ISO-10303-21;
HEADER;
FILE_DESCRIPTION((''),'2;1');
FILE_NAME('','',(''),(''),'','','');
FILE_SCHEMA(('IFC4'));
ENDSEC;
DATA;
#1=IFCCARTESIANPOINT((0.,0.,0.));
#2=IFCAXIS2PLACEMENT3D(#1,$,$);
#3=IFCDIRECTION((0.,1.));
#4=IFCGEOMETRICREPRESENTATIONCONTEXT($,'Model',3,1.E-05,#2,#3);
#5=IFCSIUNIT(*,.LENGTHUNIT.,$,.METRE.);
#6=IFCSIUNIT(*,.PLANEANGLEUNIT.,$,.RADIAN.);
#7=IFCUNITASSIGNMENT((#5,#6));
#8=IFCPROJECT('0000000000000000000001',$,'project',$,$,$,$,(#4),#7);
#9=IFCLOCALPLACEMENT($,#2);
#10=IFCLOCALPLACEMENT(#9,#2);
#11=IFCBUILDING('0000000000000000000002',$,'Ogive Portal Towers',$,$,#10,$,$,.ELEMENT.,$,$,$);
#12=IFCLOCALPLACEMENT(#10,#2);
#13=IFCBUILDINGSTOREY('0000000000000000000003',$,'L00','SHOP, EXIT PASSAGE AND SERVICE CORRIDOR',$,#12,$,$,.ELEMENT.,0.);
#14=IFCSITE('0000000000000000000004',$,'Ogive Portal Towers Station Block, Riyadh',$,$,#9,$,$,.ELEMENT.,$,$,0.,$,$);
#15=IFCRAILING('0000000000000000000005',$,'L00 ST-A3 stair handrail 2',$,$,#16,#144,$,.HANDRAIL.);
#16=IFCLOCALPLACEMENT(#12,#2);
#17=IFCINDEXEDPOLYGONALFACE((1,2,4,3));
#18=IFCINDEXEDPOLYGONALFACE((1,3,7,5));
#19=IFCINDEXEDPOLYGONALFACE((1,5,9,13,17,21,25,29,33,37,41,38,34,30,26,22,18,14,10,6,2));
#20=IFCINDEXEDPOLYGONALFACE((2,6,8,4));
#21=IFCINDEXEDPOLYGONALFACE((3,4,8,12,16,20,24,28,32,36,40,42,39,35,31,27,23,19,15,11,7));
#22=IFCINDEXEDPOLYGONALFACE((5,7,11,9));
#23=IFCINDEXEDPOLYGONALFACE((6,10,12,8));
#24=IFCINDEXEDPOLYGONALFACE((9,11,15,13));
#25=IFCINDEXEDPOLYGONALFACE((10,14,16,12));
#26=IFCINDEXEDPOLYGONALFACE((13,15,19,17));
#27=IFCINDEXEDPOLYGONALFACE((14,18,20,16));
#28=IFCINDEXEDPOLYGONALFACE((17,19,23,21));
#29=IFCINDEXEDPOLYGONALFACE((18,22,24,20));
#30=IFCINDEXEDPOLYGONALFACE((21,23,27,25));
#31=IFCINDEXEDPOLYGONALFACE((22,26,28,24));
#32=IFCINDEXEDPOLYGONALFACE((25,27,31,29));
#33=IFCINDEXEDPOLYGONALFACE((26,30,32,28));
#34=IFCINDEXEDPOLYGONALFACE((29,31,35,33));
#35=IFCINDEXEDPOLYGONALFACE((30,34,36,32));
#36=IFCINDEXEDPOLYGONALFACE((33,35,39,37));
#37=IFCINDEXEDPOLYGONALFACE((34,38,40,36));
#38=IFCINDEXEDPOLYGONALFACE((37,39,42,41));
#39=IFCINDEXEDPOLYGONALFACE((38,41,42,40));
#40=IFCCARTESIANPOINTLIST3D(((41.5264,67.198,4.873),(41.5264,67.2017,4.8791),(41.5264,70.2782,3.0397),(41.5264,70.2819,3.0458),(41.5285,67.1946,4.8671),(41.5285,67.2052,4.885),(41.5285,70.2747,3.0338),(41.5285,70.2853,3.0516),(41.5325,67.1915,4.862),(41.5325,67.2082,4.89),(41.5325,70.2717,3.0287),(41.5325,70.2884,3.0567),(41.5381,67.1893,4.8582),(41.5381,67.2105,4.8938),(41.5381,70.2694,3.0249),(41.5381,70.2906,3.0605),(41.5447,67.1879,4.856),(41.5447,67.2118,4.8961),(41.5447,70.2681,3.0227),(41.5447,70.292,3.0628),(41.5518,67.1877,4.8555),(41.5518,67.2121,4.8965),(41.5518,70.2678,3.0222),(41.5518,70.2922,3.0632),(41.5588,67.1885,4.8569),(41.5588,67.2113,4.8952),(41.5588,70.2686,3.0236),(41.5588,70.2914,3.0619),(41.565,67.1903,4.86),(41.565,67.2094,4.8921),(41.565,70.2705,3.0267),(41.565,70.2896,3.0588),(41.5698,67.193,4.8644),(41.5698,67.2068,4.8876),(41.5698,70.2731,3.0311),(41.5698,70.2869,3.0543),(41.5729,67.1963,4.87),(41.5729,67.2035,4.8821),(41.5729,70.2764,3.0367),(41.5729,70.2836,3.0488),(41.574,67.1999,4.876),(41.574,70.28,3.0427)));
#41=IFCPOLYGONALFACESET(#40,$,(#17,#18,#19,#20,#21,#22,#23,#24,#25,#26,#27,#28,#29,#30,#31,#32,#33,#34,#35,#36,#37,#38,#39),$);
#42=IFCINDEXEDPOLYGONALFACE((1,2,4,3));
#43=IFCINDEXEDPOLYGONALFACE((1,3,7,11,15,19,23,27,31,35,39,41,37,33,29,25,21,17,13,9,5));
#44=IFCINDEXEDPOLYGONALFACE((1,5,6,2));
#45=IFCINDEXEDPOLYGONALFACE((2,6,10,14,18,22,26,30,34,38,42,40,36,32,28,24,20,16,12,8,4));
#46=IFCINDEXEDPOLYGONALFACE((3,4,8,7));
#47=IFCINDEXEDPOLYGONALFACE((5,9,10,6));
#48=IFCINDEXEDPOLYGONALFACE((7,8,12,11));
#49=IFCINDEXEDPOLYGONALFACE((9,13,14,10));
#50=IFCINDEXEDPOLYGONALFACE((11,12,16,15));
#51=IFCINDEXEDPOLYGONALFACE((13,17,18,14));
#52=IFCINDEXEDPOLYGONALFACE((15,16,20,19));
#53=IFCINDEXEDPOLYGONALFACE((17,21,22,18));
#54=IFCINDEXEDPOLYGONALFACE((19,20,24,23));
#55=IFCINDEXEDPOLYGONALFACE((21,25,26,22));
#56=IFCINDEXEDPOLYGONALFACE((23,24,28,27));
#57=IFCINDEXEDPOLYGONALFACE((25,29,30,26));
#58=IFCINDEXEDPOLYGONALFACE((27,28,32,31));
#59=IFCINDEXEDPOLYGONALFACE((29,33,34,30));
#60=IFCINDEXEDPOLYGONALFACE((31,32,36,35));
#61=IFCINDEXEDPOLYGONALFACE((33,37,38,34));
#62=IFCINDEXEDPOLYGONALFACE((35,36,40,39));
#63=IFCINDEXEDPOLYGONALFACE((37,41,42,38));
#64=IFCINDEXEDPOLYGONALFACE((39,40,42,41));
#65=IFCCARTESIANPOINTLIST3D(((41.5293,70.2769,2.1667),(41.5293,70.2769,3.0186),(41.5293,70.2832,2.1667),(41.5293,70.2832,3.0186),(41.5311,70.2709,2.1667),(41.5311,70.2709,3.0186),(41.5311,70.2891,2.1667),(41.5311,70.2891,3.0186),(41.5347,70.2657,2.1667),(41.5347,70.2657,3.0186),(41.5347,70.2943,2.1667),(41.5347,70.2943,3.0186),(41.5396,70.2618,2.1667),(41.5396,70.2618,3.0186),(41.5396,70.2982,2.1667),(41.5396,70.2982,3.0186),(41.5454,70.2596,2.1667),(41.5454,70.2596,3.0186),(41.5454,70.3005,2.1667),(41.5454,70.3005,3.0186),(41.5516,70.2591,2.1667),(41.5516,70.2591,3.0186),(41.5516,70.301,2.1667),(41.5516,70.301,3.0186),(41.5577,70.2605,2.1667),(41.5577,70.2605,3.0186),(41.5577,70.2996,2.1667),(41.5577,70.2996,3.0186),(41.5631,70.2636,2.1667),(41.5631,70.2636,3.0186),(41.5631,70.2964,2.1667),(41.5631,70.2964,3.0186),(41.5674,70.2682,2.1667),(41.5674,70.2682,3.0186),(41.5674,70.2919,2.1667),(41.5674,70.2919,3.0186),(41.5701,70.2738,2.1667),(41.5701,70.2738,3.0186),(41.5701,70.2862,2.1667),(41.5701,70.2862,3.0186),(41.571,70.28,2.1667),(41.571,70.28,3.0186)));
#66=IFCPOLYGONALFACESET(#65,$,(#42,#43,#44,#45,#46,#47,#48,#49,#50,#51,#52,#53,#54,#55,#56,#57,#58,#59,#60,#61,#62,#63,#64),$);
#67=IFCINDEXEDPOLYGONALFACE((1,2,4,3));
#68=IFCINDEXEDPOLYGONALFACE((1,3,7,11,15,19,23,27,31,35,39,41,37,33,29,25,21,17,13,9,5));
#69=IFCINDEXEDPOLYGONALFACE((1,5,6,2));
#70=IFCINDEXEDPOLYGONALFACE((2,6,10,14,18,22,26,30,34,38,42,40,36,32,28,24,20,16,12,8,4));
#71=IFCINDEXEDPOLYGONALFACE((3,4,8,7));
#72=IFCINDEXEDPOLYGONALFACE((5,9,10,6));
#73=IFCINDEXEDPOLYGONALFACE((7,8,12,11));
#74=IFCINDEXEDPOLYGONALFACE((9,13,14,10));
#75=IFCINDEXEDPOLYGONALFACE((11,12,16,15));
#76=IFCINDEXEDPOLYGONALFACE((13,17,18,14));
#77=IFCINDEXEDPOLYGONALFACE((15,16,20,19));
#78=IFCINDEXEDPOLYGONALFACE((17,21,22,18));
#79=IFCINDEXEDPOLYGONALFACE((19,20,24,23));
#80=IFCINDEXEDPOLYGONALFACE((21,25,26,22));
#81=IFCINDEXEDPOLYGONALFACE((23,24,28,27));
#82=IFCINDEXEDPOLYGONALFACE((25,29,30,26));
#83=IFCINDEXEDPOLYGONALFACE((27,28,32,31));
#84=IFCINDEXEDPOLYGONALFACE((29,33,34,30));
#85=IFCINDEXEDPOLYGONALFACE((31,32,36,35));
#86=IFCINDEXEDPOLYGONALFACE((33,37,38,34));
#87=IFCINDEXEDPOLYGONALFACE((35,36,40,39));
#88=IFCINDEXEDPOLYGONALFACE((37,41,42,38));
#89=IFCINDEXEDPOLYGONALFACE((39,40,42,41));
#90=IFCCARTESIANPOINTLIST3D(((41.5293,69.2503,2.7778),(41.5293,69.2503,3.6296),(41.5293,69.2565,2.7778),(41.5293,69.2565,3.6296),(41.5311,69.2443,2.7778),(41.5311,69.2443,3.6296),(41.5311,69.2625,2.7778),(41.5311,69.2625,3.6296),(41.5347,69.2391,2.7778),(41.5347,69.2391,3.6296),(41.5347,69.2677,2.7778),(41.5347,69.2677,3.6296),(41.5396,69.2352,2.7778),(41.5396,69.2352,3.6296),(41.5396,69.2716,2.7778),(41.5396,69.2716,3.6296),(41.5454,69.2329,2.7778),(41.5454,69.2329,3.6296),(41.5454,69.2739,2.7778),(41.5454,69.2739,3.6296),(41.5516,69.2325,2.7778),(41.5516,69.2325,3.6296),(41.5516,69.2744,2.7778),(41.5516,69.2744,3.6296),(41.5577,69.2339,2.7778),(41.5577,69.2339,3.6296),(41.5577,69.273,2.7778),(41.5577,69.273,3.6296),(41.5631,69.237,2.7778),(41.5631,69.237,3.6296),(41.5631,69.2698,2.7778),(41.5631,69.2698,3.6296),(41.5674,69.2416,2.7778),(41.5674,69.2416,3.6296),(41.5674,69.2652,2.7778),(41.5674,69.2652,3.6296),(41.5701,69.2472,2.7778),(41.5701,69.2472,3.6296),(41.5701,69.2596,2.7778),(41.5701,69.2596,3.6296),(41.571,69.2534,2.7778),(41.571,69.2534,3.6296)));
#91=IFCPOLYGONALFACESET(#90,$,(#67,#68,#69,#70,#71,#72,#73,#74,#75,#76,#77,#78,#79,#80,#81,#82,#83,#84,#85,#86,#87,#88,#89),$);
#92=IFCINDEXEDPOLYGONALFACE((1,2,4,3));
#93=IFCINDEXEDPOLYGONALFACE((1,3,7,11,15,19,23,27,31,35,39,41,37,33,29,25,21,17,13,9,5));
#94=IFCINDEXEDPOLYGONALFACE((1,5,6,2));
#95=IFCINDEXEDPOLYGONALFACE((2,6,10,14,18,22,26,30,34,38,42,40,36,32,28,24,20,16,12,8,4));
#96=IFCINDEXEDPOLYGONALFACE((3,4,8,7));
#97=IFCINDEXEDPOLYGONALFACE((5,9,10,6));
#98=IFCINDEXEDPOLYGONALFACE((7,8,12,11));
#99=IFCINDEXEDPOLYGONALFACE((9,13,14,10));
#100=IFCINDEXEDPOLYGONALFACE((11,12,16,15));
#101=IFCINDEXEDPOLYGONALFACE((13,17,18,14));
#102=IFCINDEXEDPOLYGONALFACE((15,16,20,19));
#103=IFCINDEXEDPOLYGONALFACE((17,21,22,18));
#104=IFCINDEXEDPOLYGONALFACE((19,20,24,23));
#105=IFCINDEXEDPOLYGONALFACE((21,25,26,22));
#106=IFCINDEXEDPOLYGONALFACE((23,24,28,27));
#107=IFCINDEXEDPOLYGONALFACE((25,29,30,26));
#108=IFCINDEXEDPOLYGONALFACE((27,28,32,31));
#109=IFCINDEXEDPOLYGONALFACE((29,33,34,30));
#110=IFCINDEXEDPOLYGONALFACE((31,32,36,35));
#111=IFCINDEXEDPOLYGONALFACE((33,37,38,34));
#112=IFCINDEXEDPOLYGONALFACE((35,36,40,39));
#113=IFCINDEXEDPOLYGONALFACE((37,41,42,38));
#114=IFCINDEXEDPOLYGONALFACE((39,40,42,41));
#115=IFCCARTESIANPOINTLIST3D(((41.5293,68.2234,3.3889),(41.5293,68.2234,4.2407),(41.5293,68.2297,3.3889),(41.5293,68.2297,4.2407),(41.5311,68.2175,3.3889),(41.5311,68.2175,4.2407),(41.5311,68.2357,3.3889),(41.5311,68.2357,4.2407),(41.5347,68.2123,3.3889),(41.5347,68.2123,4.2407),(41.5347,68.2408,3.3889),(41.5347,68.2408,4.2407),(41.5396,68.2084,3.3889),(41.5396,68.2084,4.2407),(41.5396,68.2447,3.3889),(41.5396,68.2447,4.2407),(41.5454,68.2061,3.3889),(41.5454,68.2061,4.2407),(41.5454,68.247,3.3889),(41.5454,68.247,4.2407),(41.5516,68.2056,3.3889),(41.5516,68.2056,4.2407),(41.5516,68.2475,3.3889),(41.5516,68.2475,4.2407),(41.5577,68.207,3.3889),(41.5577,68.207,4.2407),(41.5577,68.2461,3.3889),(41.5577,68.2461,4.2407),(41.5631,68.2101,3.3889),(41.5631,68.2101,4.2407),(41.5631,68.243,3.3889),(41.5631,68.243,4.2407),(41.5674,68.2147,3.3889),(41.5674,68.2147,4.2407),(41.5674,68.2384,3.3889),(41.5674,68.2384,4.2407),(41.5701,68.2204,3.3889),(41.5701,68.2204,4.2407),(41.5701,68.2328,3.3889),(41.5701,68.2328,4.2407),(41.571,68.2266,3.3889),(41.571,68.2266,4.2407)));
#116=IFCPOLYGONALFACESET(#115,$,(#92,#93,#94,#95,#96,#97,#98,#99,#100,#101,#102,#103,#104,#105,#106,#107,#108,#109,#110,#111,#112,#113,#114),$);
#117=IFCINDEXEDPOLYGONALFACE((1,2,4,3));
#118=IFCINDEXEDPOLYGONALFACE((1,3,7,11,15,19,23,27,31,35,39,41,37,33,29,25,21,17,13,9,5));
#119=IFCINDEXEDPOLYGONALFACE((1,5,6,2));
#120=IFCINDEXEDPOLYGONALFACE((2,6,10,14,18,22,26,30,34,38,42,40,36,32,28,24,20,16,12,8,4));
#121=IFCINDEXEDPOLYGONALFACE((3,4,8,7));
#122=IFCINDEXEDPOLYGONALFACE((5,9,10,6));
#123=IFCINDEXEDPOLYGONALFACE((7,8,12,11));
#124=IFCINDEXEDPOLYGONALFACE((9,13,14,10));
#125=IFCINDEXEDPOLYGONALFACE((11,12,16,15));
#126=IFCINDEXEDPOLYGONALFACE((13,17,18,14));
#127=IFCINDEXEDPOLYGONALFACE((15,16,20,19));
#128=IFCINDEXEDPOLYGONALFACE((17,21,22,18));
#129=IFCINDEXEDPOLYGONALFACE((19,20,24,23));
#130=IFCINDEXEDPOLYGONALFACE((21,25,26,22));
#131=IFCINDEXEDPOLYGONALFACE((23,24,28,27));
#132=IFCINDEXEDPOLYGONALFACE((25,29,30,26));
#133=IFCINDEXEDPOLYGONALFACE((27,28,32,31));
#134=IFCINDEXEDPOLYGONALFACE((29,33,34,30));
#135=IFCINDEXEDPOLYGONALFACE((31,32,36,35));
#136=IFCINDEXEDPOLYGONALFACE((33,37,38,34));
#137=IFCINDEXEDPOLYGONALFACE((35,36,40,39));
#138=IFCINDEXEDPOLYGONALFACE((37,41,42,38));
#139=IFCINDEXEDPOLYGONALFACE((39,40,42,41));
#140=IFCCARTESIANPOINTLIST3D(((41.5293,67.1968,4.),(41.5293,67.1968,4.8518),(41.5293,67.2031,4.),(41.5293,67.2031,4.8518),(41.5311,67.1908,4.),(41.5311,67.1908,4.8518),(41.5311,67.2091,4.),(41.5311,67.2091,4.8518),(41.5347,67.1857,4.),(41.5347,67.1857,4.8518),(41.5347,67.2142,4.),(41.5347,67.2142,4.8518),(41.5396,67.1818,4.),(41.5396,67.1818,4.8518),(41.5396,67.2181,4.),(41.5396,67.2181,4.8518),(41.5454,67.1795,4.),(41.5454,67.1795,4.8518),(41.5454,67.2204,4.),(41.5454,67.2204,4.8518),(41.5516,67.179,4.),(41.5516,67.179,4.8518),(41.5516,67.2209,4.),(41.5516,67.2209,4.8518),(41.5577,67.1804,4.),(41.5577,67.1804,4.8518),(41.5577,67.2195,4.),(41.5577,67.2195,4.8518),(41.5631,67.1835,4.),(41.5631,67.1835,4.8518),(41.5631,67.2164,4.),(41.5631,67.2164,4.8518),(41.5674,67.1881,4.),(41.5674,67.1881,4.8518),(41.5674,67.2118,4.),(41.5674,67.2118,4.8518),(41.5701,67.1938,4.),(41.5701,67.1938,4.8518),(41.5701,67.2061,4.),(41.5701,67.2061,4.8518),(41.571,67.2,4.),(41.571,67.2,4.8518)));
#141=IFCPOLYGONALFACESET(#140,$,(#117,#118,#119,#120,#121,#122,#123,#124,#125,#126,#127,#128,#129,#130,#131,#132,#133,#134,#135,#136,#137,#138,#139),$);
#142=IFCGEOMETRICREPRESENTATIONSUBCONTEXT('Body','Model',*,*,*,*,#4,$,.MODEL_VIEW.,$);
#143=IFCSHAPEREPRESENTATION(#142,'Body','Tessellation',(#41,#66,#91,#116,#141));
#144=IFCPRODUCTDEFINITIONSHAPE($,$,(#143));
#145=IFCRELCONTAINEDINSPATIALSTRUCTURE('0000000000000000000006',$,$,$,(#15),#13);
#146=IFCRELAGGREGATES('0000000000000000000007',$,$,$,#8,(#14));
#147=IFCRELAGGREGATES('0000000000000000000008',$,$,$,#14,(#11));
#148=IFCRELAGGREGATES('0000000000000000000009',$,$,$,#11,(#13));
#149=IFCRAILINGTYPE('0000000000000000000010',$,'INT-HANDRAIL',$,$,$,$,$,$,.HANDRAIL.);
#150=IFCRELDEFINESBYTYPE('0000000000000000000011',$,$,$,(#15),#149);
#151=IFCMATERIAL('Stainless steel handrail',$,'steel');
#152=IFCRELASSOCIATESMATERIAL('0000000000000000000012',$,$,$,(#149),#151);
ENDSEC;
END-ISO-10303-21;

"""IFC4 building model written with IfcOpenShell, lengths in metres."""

from ifc_helpers import new_model, si_unit, direction, frame, origin, origin_2d, place, context, subcontext, project, spatial, circle, extrude, material, type_object, element, save


model = new_model("IFC4")

# Units and contexts
model_context = context("Model", 3, precision=1e-05, world=origin(), true_north=direction((0.0, 1.0)))
body_context = subcontext(model_context, "Body", "Model", "MODEL_VIEW")
ifc_project = project(units=[si_unit("LENGTHUNIT", "METRE"), si_unit("PLANEANGLEUNIT", "RADIAN")], contexts=[model_context])

# Site, building, storey
site_placement = place(None, origin())
site = spatial("IfcSite", under=ifc_project, at=site_placement, Name="Ogive Portal Towers Station Block, Riyadh", CompositionType="ELEMENT", RefElevation=0.0)
building_placement = place(site_placement, origin())
building = spatial("IfcBuilding", under=site, at=building_placement, Name="Ogive Portal Towers", CompositionType="ELEMENT")
storey_placement = place(building_placement, origin())
storey = spatial("IfcBuildingStorey", under=building, at=storey_placement, Name="L00", Description="SHOP, EXIT PASSAGE AND SERVICE CORRIDOR", CompositionType="ELEMENT", Elevation=0.0)

# Railing
ifc_material_1 = material(Name="Stainless steel handrail", Category="steel")
railing_type_1 = type_object("IfcRailingType", Name="INT-HANDRAIL", PredefinedType="HANDRAIL", material=ifc_material_1)
railing_1_placement = place(storey_placement, frame((41.55, 70.28, 2.1667)))
element("IfcRailing", 1, at=railing_1_placement, inside=storey, type_object=railing_type_1, Name="L00 ST-A3 stair handrail 2", PredefinedType="HANDRAIL", context=body_context, shape_type="SweptSolid", body=[
    extrude(circle(Radius=0.0239, at=origin_2d()), frame((0.0, 0.0, 0.876), z_axis=(0.0, -0.859309, 0.511458), x_axis=(1.0, 0.0, 0.0)), (0.0, 0.0, 1.0), 3.5845),
    extrude(circle(Radius=0.021, at=origin_2d()), origin(), (0.0, 0.0, 1.0), 0.8518),
    extrude(circle(Radius=0.021, at=origin_2d()), frame((0.0, -1.0266, 0.6111)), (0.0, 0.0, 1.0), 0.8518),
    extrude(circle(Radius=0.021, at=origin_2d()), frame((0.0, -2.0535, 1.2222)), (0.0, 0.0, 1.0), 0.8518),
    extrude(circle(Radius=0.021, at=origin_2d()), frame((0.0, -3.0801, 1.8333)), (0.0, 0.0, 1.0), 0.8518),
])

save(model, "model.ifc")
